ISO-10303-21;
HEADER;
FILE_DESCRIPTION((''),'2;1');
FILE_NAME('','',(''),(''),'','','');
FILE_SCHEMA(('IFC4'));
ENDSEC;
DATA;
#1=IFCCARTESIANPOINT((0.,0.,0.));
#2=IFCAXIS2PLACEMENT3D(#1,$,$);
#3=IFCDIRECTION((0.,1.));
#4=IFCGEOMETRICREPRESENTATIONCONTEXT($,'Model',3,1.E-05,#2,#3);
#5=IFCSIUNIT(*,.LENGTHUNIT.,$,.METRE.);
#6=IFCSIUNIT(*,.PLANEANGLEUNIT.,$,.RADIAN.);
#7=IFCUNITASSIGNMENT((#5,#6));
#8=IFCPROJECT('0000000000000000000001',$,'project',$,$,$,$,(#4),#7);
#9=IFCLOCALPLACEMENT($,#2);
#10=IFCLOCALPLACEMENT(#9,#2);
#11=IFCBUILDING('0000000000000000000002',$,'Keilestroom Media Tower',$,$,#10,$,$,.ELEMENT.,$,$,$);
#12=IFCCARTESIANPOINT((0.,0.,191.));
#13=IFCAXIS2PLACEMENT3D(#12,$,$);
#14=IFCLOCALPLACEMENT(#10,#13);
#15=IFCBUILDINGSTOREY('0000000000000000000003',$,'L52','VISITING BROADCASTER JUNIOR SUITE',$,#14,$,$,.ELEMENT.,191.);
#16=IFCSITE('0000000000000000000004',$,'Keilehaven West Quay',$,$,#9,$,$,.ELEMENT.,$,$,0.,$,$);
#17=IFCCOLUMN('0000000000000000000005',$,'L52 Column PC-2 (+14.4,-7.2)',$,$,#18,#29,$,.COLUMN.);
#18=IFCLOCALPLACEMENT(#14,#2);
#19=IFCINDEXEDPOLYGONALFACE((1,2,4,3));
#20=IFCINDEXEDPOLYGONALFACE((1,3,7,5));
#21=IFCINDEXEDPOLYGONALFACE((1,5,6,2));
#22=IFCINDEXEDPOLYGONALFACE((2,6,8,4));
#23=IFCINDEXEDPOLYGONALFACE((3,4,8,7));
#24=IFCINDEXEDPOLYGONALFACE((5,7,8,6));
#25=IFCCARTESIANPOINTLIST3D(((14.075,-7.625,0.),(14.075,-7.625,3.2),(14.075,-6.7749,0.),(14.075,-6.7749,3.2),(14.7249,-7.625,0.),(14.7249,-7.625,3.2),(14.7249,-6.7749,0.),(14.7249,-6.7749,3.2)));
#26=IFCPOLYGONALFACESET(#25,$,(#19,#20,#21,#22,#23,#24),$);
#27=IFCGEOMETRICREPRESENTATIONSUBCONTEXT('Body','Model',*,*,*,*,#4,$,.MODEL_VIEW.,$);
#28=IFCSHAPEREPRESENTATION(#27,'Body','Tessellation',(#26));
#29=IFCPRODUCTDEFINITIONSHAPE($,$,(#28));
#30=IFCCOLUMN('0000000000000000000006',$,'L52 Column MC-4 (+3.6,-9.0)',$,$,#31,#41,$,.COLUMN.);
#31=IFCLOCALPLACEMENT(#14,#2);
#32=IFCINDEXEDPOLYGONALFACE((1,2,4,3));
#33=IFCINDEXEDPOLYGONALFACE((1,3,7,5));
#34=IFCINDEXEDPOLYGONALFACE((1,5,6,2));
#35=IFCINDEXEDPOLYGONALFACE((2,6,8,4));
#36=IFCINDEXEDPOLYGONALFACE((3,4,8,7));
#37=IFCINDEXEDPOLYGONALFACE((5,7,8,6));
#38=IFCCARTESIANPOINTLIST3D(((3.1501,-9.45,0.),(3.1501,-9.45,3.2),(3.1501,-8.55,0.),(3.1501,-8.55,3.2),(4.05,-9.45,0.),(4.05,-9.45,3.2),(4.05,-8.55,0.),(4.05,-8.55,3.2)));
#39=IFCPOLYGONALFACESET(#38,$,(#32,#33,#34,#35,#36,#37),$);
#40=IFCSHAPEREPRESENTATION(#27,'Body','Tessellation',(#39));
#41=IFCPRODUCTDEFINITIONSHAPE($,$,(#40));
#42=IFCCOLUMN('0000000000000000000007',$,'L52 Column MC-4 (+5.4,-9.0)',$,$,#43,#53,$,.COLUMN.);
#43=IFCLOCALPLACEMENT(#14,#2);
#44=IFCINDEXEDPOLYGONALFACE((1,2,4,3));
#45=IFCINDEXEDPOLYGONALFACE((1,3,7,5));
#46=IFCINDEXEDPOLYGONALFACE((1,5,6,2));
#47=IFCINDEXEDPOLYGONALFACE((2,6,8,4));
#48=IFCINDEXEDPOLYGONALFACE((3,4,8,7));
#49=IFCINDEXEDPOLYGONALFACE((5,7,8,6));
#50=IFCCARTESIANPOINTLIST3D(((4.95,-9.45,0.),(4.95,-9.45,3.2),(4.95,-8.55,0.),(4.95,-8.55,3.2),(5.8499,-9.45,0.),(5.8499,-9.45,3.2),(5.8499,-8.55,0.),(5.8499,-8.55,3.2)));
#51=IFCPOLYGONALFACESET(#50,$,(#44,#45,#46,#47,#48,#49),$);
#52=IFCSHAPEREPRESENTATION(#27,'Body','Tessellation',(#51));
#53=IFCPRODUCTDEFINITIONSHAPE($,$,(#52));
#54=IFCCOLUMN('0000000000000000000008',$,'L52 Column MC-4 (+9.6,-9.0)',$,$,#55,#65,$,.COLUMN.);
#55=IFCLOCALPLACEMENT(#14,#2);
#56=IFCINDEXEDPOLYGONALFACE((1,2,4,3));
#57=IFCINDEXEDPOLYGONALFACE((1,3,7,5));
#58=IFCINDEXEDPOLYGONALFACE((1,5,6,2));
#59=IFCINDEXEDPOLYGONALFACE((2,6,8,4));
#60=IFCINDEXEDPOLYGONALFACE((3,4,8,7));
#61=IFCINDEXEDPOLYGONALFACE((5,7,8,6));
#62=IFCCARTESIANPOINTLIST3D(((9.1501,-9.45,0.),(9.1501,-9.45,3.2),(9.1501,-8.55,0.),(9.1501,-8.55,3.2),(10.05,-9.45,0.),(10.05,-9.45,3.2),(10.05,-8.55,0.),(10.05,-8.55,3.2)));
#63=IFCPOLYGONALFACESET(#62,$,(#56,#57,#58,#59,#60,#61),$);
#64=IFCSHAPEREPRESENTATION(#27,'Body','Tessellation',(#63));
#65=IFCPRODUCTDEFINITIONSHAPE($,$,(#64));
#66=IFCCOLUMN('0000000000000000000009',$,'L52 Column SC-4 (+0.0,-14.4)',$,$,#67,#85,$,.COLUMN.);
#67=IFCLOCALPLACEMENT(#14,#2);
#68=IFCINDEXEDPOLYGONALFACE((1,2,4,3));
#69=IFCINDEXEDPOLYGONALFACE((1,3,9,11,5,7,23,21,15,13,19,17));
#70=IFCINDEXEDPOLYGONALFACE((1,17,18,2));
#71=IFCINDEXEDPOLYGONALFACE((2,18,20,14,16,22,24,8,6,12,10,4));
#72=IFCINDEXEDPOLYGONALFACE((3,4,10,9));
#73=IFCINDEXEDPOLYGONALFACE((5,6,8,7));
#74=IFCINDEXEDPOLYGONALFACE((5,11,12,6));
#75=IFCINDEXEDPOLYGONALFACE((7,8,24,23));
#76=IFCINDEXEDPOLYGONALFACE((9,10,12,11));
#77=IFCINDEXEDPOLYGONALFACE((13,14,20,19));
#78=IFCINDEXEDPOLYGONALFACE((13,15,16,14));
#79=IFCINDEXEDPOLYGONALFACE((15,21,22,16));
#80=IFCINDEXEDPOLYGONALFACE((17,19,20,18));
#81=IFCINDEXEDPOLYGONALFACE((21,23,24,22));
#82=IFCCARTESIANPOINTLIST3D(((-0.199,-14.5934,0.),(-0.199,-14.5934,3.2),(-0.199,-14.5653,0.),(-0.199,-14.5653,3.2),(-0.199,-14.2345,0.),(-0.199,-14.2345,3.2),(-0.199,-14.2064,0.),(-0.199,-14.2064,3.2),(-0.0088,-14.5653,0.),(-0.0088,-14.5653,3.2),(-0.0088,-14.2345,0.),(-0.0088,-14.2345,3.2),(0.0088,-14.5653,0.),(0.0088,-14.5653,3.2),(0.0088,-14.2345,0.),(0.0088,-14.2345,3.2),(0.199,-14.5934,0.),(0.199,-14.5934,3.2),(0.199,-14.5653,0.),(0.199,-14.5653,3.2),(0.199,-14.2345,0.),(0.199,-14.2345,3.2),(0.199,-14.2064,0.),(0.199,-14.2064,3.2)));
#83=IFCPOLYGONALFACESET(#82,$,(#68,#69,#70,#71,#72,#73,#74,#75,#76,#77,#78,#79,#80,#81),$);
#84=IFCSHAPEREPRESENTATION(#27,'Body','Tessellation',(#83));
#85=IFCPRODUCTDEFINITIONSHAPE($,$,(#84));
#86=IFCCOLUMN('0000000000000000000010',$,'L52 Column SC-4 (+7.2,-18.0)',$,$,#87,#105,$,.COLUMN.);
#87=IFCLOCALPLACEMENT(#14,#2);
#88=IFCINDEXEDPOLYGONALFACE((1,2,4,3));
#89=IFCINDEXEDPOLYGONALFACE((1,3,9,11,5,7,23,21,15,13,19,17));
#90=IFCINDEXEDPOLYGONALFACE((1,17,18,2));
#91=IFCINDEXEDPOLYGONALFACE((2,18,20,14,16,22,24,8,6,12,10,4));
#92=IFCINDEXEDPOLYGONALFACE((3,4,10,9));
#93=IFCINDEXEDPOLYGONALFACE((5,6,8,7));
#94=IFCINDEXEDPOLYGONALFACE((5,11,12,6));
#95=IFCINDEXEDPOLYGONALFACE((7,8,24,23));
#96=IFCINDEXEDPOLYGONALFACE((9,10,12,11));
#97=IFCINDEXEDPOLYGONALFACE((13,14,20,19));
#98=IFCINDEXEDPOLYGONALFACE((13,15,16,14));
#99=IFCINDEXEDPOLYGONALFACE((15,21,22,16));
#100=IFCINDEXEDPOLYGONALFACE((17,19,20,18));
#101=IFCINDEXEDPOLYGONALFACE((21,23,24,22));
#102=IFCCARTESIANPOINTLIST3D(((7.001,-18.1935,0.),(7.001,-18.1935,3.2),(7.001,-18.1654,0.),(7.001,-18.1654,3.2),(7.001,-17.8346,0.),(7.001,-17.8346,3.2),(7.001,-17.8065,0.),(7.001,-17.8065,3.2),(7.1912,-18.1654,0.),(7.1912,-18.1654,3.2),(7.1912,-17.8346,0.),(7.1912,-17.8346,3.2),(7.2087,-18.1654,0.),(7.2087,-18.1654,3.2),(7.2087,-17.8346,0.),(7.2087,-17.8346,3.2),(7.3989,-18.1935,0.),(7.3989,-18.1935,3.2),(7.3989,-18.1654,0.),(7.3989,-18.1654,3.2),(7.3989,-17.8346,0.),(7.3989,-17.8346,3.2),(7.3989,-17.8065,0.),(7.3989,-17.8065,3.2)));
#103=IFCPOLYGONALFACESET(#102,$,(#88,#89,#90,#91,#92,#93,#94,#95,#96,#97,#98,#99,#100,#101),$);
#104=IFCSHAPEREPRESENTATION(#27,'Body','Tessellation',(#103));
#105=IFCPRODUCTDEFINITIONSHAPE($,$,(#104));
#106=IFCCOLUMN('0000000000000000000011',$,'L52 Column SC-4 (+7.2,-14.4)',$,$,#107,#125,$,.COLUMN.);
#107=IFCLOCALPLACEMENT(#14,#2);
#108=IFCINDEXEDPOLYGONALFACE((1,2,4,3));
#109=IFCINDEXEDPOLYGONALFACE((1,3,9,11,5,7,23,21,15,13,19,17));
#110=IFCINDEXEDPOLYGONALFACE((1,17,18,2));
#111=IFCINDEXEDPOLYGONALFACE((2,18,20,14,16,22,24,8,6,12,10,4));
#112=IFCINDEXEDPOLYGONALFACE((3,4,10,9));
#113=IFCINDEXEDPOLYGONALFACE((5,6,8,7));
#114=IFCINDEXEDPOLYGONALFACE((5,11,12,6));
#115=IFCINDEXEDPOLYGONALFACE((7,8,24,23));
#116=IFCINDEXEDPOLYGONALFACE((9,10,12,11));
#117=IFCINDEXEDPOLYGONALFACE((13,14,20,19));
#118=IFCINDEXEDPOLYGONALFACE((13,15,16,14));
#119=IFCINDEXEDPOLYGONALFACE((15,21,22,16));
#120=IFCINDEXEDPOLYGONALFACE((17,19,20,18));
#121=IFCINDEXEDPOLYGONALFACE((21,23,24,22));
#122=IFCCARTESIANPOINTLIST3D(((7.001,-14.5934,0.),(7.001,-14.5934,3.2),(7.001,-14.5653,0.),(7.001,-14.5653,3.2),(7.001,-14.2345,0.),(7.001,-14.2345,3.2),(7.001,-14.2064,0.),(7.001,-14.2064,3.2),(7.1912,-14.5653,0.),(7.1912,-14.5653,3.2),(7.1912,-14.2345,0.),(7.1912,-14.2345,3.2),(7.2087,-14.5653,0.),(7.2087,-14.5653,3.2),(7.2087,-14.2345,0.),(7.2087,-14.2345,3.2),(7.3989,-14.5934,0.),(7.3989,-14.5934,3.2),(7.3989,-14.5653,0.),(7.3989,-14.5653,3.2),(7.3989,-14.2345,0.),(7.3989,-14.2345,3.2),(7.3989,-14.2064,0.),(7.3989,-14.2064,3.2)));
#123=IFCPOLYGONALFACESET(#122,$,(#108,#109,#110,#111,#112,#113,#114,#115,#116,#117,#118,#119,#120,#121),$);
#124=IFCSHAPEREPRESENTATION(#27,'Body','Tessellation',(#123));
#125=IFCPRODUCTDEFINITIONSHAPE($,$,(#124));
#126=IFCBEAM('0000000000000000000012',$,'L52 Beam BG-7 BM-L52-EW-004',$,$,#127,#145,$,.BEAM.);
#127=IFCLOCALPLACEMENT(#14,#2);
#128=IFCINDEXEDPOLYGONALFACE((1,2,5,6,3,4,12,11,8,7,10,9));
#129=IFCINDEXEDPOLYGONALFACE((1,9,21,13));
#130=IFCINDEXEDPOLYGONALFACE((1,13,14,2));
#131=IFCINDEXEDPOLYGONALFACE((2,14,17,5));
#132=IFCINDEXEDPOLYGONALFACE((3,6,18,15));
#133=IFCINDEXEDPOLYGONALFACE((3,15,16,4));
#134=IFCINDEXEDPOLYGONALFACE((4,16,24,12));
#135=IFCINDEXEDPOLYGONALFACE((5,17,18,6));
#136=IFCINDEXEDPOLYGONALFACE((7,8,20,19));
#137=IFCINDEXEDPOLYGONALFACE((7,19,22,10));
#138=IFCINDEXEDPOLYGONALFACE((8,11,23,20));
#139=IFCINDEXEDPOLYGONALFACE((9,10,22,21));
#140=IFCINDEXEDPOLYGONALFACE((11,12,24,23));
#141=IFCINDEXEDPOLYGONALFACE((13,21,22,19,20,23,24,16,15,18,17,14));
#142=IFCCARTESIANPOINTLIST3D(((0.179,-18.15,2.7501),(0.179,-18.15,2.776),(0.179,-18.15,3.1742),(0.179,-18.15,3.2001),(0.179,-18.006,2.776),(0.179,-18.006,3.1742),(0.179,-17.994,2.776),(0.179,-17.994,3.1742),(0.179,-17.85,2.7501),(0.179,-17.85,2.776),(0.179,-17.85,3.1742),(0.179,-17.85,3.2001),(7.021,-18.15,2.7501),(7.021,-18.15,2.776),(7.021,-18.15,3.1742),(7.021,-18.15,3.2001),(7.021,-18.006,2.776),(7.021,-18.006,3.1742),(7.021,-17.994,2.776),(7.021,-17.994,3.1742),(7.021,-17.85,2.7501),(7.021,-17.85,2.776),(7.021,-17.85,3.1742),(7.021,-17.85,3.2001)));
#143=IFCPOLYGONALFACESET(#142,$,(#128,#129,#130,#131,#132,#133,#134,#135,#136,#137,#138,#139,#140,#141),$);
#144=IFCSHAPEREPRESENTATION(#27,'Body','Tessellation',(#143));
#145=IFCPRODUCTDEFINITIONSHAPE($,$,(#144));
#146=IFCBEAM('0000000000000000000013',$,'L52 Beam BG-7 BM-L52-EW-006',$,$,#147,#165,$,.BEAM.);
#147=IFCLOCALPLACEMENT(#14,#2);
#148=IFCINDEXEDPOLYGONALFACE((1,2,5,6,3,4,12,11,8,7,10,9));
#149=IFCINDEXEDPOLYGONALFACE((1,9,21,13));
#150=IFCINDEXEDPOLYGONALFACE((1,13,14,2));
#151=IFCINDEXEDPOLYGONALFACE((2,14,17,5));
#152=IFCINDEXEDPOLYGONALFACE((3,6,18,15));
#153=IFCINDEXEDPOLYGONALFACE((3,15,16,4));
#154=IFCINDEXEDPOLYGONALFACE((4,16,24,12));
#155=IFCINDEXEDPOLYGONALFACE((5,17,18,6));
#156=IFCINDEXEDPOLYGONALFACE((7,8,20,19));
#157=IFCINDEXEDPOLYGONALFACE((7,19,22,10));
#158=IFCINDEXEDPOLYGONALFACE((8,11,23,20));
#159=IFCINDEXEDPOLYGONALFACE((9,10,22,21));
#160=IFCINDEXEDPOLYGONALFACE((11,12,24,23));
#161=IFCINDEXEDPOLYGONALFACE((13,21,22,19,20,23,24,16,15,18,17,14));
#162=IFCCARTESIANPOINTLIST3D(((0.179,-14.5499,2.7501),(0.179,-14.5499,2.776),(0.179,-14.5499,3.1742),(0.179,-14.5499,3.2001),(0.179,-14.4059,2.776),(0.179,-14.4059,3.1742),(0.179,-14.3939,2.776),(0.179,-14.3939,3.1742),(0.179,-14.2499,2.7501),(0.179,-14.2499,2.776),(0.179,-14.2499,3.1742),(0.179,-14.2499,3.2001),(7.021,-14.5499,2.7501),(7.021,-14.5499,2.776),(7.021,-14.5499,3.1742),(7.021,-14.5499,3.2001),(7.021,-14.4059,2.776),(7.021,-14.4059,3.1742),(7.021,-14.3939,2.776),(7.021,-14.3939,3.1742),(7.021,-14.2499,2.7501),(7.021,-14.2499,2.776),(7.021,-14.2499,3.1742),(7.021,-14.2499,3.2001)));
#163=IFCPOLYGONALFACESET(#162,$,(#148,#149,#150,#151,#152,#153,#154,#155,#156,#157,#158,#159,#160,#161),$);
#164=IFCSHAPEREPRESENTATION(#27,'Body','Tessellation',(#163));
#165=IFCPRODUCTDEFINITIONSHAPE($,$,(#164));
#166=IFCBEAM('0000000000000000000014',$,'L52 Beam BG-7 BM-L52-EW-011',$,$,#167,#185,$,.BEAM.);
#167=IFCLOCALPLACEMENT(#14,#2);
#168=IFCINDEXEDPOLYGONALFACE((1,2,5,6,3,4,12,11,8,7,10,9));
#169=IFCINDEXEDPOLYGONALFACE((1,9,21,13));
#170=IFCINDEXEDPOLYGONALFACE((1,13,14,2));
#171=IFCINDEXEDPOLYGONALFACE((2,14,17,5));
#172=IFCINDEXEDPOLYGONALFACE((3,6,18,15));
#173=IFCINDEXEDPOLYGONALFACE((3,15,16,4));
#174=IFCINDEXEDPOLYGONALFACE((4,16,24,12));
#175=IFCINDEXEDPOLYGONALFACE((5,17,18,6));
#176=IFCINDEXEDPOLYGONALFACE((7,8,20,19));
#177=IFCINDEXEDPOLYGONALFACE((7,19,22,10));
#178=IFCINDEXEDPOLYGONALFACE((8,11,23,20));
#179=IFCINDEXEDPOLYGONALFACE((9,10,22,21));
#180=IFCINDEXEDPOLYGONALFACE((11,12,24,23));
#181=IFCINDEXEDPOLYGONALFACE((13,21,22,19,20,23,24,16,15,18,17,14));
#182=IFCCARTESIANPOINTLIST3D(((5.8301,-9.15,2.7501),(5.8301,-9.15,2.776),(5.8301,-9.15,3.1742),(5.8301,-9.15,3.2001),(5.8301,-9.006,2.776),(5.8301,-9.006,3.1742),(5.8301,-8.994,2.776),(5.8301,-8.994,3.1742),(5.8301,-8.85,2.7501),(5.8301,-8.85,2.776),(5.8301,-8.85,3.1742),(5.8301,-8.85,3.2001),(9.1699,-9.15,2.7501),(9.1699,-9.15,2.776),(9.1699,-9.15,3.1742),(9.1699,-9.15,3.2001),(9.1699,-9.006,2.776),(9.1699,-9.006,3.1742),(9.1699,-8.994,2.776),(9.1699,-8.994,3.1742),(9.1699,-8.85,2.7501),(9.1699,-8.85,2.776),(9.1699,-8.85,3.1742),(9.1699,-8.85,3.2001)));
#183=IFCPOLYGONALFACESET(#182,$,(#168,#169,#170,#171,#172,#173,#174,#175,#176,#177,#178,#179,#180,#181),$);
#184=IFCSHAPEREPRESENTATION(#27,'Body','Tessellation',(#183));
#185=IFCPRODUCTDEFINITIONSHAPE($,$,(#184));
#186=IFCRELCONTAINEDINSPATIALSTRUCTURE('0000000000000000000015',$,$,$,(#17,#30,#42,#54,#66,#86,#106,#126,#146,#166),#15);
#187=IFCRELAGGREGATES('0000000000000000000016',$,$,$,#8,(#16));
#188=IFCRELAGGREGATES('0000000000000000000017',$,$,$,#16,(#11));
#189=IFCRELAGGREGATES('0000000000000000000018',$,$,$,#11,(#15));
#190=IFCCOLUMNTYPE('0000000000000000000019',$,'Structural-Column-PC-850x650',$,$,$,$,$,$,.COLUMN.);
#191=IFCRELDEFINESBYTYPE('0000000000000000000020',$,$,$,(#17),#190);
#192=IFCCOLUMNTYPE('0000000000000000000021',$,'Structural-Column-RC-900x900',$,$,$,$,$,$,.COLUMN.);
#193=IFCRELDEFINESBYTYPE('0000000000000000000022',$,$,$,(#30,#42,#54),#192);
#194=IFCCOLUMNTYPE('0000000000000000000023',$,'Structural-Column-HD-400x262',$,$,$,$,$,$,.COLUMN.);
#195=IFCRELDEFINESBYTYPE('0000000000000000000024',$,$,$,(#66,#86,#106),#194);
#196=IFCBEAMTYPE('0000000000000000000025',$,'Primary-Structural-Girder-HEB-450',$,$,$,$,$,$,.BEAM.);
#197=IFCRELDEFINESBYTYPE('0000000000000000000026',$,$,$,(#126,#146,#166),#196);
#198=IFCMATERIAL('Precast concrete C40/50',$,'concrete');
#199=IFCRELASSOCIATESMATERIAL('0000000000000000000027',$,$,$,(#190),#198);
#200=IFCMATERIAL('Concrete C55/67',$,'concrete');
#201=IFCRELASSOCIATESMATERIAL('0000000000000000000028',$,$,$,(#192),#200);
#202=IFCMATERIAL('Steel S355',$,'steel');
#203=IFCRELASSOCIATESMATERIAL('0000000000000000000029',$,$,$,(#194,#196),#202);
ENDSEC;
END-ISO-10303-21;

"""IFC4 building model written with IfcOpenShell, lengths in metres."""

from ifc_helpers import new_model, si_unit, direction, frame, origin, origin_2d, place, context, subcontext, project, spatial, rectangle, i_section, extrude, source, transform, mapped, material, material_profile, profile_set, type_object, element, save


model = new_model("IFC4")

# Units and contexts
model_context = context("Model", 3, precision=1e-05, world=origin(), true_north=direction((0.0, 1.0)))
body_context = subcontext(model_context, "Body", "Model", "MODEL_VIEW")
ifc_project = project(units=[si_unit("LENGTHUNIT", "METRE"), si_unit("PLANEANGLEUNIT", "RADIAN")], contexts=[model_context])

# Site, building, storey
site_placement = place(None, origin())
site = spatial("IfcSite", under=ifc_project, at=site_placement, Name="Keilehaven West Quay", CompositionType="ELEMENT", RefElevation=0.0)
building_placement = place(site_placement, origin())
building = spatial("IfcBuilding", under=site, at=building_placement, Name="Keilestroom Media Tower", CompositionType="ELEMENT")
storey_placement = place(building_placement, frame((0.0, 0.0, 191.0)))
storey = spatial("IfcBuildingStorey", under=building, at=storey_placement, Name="L52", Description="VISITING BROADCASTER JUNIOR SUITE", CompositionType="ELEMENT", Elevation=191.0)

# Columns
ifc_material_1 = material(Name="Precast concrete C40/50", Category="concrete")
ifc_material_profile_1 = material_profile(ifc_material_1, rectangle(XDim=0.6499, YDim=0.8501, at=origin_2d()), Name="PC 850x650")
ifc_profile_set_1 = profile_set([ifc_material_profile_1], Name="Precast concrete C40/50")
column_type_1 = type_object("IfcColumnType", Name="Structural-Column-PC-850x650", PredefinedType="COLUMN", material=ifc_profile_set_1)
shared_shape_1 = source(origin(), body_context, "Body", "SweptSolid", [
    extrude(rectangle(XDim=0.6499, YDim=0.8501, at=origin_2d()), origin(), (0.0, 0.0, 1.0), 3.2),
])
column_placement = place(storey_placement, frame((14.3999, -7.2, 0.0), z_axis=(0.0, 0.0, 1.0), x_axis=(1.0, 0.0, 0.0)))
element("IfcColumn", 1, at=column_placement, inside=storey, type_object=column_type_1, Name="L52 Column PC-2 (+14.4,-7.2)", PredefinedType="COLUMN", context=body_context, shape_type="MappedRepresentation", body=[
    mapped(shared_shape_1, transform((0.0, 0.0, 0.0), x_axis=(1.0, 0.0, 0.0), y_axis=(0.0, 1.0, 0.0), z_axis=(0.0, 0.0, 1.0), scale=1.0)),
])
ifc_material_2 = material(Name="Concrete C55/67", Category="concrete")
ifc_material_profile_2 = material_profile(ifc_material_2, rectangle(XDim=0.8999, YDim=0.8999, at=origin_2d()), Name="RC 900x900")
ifc_profile_set_2 = profile_set([ifc_material_profile_2], Name="Concrete C55/67")
column_type_2 = type_object("IfcColumnType", Name="Structural-Column-RC-900x900", PredefinedType="COLUMN", material=ifc_profile_set_2)
shared_shape_2 = source(origin(), body_context, "Body", "SweptSolid", [
    extrude(rectangle(XDim=0.8999, YDim=0.8999, at=origin_2d()), origin(), (0.0, 0.0, 1.0), 3.2),
])
for number, where, z_axis, x_axis, name in (
    (2, (3.6001, -9.0, 0.0), (0.0, 0.0, 1.0), (1.0, 0.0, 0.0), "L52 Column MC-4 (+3.6,-9.0)"),
    (3, (5.3999, -9.0, 0.0), (0.0, 0.0, 1.0), (1.0, 0.0, 0.0), "L52 Column MC-4 (+5.4,-9.0)"),
    (4, (9.6001, -9.0, 0.0), (0.0, 0.0, 1.0), (1.0, 0.0, 0.0), "L52 Column MC-4 (+9.6,-9.0)"),
):
    element("IfcColumn", number, at=place(storey_placement, frame(where, z_axis=z_axis, x_axis=x_axis)), inside=storey, type_object=column_type_2, Name=name, PredefinedType="COLUMN", context=body_context, shape_type="MappedRepresentation", body=[
        mapped(shared_shape_2, transform((0.0, 0.0, 0.0), x_axis=(1.0, 0.0, 0.0), y_axis=(0.0, 1.0, 0.0), z_axis=(0.0, 0.0, 1.0), scale=1.0)),
    ])
ifc_material_3 = material(Name="Steel S355", Category="steel")
ifc_material_profile_3 = material_profile(ifc_material_3, i_section(OverallWidth=0.3979, OverallDepth=0.387, WebThickness=0.0176, FlangeThickness=0.0281, at=origin_2d()), Name="HD 400x262")
ifc_profile_set_3 = profile_set([ifc_material_profile_3], Name="Steel S355")
column_type_3 = type_object("IfcColumnType", Name="Structural-Column-HD-400x262", PredefinedType="COLUMN", material=ifc_profile_set_3)
shared_shape_3 = source(origin(), body_context, "Body", "SweptSolid", [
    extrude(i_section(OverallWidth=0.3979, OverallDepth=0.387, WebThickness=0.0176, FlangeThickness=0.0281, at=origin_2d()), origin(), (0.0, 0.0, 1.0), 3.2),
])
for number, where, z_axis, x_axis, name in (
    (5, (0.0, -14.3999, 0.0), (0.0, 0.0, 1.0), (1.0, 0.0, 0.0), "L52 Column SC-4 (+0.0,-14.4)"),
    (6, (7.2, -18.0, 0.0), (0.0, 0.0, 1.0), (1.0, 0.0, 0.0), "L52 Column SC-4 (+7.2,-18.0)"),
    (7, (7.2, -14.3999, 0.0), (0.0, 0.0, 1.0), (1.0, 0.0, 0.0), "L52 Column SC-4 (+7.2,-14.4)"),
):
    element("IfcColumn", number, at=place(storey_placement, frame(where, z_axis=z_axis, x_axis=x_axis)), inside=storey, type_object=column_type_3, Name=name, PredefinedType="COLUMN", context=body_context, shape_type="MappedRepresentation", body=[
        mapped(shared_shape_3, transform((0.0, 0.0, 0.0), x_axis=(1.0, 0.0, 0.0), y_axis=(0.0, 1.0, 0.0), z_axis=(0.0, 0.0, 1.0), scale=1.0)),
    ])

# Beams
ifc_material_profile_4 = material_profile(ifc_material_3, i_section(OverallWidth=0.3, OverallDepth=0.45, WebThickness=0.012, FlangeThickness=0.0259, at=origin_2d()), Name="HEB 450")
ifc_profile_set_4 = profile_set([ifc_material_profile_4], Name="Steel S355")
beam_type_1 = type_object("IfcBeamType", Name="Primary-Structural-Girder-HEB-450", PredefinedType="BEAM", material=ifc_profile_set_4)
shared_shape_4 = source(origin(), body_context, "Body", "SweptSolid", [
    extrude(i_section(OverallWidth=0.3, OverallDepth=0.45, WebThickness=0.012, FlangeThickness=0.0259, at=origin_2d()), origin(), (0.0, 0.0, 1.0), 6.842),
])
for number, where, z_axis, x_axis, name in (
    (8, (0.179, -18.0, 2.9751), (1.0, 0.0, 0.0), (0.0, 1.0, 0.0), "L52 Beam BG-7 BM-L52-EW-004"),
    (9, (0.179, -14.3999, 2.9751), (1.0, 0.0, 0.0), (0.0, 1.0, 0.0), "L52 Beam BG-7 BM-L52-EW-006"),
):
    element("IfcBeam", number, at=place(storey_placement, frame(where, z_axis=z_axis, x_axis=x_axis)), inside=storey, type_object=beam_type_1, Name=name, PredefinedType="BEAM", context=body_context, shape_type="MappedRepresentation", body=[
        mapped(shared_shape_4, transform((0.0, 0.0, 0.0), x_axis=(1.0, 0.0, 0.0), y_axis=(0.0, 1.0, 0.0), z_axis=(0.0, 0.0, 1.0), scale=1.0)),
    ])
shared_shape_5 = source(origin(), body_context, "Body", "SweptSolid", [
    extrude(i_section(OverallWidth=0.3, OverallDepth=0.45, WebThickness=0.012, FlangeThickness=0.0259, at=origin_2d()), origin(), (0.0, 0.0, 1.0), 3.3398),
])
beam_1_placement = place(storey_placement, frame((5.8301, -9.0, 2.9751), z_axis=(1.0, 0.0, 0.0), x_axis=(0.0, 1.0, 0.0)))
element("IfcBeam", 10, at=beam_1_placement, inside=storey, type_object=beam_type_1, Name="L52 Beam BG-7 BM-L52-EW-011", PredefinedType="BEAM", context=body_context, shape_type="MappedRepresentation", body=[
    mapped(shared_shape_5, transform((0.0, 0.0, 0.0), x_axis=(1.0, 0.0, 0.0), y_axis=(0.0, 1.0, 0.0), z_axis=(0.0, 0.0, 1.0), scale=1.0)),
])

save(model, "model.ifc")
